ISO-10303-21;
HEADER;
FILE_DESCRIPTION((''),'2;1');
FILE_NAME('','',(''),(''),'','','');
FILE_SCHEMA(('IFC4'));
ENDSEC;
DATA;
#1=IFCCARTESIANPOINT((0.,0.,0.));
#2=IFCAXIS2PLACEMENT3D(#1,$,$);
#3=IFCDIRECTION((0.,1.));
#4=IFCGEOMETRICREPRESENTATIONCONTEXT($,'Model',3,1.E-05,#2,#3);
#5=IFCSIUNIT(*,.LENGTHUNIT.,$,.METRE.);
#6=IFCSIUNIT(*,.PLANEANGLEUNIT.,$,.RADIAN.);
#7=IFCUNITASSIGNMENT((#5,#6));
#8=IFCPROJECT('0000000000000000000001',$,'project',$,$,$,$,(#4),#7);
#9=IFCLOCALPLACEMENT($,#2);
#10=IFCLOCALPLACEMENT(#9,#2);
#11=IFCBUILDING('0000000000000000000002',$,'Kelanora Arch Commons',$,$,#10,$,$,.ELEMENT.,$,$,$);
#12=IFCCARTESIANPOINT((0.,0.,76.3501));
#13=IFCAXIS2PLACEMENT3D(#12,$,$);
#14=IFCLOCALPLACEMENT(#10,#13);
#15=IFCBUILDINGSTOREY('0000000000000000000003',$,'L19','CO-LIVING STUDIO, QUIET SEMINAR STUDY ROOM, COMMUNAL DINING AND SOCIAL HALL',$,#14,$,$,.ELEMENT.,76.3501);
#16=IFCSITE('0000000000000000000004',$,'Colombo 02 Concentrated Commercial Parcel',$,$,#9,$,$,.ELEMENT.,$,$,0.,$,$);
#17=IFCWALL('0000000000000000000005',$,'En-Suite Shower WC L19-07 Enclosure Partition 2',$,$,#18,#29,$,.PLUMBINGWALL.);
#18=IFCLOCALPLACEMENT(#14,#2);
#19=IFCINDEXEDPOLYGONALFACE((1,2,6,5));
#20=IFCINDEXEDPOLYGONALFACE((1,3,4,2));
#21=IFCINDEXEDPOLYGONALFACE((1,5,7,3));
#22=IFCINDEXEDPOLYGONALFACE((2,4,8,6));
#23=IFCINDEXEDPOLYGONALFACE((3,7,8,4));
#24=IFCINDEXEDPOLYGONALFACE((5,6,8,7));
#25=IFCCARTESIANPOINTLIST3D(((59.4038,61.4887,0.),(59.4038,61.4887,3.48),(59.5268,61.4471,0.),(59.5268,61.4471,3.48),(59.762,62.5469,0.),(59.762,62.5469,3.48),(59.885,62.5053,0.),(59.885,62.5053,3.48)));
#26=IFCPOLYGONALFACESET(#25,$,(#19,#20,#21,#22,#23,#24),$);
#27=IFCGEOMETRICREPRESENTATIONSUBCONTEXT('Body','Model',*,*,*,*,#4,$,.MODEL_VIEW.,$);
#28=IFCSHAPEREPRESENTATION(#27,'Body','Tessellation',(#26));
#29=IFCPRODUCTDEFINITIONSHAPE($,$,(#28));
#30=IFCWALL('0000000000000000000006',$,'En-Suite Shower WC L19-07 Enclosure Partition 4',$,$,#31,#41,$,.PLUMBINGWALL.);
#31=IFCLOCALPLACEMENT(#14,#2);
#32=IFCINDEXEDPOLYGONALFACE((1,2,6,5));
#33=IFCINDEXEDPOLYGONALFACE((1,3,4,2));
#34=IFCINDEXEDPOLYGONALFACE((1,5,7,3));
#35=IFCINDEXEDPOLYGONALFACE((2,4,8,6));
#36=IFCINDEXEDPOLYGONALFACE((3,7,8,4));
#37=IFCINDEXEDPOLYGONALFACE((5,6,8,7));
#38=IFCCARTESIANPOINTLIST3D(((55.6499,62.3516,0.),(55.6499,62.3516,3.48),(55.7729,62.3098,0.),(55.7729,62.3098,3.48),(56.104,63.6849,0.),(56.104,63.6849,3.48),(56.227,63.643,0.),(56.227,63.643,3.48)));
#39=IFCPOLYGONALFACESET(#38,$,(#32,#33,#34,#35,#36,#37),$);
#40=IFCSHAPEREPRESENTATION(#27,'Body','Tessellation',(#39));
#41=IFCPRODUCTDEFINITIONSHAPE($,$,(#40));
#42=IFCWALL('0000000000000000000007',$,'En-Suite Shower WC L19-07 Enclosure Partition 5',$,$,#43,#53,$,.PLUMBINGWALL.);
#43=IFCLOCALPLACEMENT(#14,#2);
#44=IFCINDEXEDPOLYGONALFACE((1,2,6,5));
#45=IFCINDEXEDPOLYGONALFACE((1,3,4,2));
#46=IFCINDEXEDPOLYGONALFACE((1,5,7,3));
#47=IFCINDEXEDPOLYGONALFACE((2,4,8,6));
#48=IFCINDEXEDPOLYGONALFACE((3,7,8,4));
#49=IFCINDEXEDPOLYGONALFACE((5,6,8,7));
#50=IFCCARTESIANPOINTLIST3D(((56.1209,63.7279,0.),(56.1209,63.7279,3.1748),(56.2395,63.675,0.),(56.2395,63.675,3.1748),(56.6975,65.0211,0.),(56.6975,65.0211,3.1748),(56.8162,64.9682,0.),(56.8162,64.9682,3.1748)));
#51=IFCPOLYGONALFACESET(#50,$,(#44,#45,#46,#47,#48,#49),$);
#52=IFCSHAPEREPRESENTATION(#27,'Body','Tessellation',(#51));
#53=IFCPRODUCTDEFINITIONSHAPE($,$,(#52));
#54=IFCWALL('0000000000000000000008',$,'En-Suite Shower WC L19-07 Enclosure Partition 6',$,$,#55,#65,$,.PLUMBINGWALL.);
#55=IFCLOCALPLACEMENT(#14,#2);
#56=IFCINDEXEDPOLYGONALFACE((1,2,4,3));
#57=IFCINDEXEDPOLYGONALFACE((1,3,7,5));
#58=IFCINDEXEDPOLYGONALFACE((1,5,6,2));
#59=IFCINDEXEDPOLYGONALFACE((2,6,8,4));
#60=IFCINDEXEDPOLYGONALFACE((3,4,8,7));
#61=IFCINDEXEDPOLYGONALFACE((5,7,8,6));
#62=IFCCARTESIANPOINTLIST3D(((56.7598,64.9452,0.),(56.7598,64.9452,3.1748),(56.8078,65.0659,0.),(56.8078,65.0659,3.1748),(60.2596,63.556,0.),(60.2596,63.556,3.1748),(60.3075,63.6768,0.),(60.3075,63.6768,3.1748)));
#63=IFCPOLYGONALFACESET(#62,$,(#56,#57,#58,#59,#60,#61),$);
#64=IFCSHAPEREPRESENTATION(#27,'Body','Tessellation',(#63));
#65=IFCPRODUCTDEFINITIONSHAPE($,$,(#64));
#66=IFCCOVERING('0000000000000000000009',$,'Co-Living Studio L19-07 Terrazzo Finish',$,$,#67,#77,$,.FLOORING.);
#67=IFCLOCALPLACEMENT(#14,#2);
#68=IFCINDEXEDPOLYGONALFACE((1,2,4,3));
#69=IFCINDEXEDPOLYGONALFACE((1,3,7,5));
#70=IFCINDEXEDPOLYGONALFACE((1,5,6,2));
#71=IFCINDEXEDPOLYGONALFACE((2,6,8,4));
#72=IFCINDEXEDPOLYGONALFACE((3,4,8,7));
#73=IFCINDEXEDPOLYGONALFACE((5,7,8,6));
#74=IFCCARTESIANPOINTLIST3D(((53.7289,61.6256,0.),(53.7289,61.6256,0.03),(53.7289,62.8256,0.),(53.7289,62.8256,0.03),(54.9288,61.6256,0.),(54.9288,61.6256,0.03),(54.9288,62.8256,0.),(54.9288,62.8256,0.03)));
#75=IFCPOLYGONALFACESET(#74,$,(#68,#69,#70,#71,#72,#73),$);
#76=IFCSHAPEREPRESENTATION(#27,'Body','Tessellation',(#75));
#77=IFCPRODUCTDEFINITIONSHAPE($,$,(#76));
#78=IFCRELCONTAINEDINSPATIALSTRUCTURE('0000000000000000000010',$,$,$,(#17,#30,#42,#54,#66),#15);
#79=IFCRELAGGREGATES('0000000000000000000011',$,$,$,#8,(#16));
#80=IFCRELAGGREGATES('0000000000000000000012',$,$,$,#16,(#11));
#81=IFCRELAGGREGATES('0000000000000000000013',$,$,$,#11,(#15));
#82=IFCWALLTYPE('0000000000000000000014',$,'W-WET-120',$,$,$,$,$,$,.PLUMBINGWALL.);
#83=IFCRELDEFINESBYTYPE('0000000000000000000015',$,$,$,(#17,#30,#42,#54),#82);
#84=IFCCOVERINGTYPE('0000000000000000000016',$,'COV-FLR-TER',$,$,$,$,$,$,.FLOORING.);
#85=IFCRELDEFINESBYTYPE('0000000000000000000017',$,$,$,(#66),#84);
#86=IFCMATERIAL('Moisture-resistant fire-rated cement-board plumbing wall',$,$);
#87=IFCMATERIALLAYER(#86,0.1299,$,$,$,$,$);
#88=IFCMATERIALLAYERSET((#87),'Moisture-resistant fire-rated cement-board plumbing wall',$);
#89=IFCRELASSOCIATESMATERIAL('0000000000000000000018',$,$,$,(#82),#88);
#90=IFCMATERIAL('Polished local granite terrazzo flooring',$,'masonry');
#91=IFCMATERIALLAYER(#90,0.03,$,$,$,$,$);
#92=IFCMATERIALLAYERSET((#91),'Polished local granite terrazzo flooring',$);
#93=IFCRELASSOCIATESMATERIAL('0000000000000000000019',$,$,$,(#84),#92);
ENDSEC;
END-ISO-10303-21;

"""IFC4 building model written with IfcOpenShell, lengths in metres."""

from ifc_helpers import new_model, si_unit, direction, frame, frame_2d, origin, origin_2d, place, context, subcontext, project, spatial, rectangle, extrude, source, transform, mapped, material, layer, layer_set, type_object, element, save


model = new_model("IFC4")

# Units and contexts
model_context = context("Model", 3, precision=1e-05, world=origin(), true_north=direction((0.0, 1.0)))
body_context = subcontext(model_context, "Body", "Model", "MODEL_VIEW")
ifc_project = project(units=[si_unit("LENGTHUNIT", "METRE"), si_unit("PLANEANGLEUNIT", "RADIAN")], contexts=[model_context])

# Site, building, storey
site_placement = place(None, origin())
site = spatial("IfcSite", under=ifc_project, at=site_placement, Name="Colombo 02 Concentrated Commercial Parcel", CompositionType="ELEMENT", RefElevation=0.0)
building_placement = place(site_placement, origin())
building = spatial("IfcBuilding", under=site, at=building_placement, Name="Kelanora Arch Commons", CompositionType="ELEMENT")
storey_placement = place(building_placement, frame((0.0, 0.0, 76.3501)))
storey = spatial("IfcBuildingStorey", under=building, at=storey_placement, Name="L19", Description="CO-LIVING STUDIO, QUIET SEMINAR STUDY ROOM, COMMUNAL DINING AND SOCIAL HALL", CompositionType="ELEMENT", Elevation=76.3501)

# Shared definitions
ifc_material_1 = material(Name="Moisture-resistant fire-rated cement-board plumbing wall")
ifc_layer_1 = layer(ifc_material_1, 0.1299)
ifc_layer_set_1 = layer_set([ifc_layer_1], Name="Moisture-resistant fire-rated cement-board plumbing wall")
wall_type_1 = type_object("IfcWallType", Name="W-WET-120", PredefinedType="PLUMBINGWALL", material=ifc_layer_set_1)

# Walls
wall_1_placement = place(storey_placement, frame((59.8235, 62.5261, 0.0), z_axis=(0.0, 0.0, 1.0), x_axis=(-0.320617, -0.947209, 0.0)))
element("IfcWall", 1, at=wall_1_placement, inside=storey, type_object=wall_type_1, Name="En-Suite Shower WC L19-07 Enclosure Partition 2", PredefinedType="PLUMBINGWALL", context=body_context, shape_type="SweptSolid", body=[
    extrude(rectangle(XDim=1.1172, YDim=0.1299, at=frame_2d((0.5586, 0.0))), origin(), (0.0, 0.0, 1.0), 3.48),
])
wall_2_placement = place(storey_placement, frame((55.7114, 62.3308, 0.0), z_axis=(0.0, 0.0, 1.0), x_axis=(0.322409, 0.9466, 0.0)))
element("IfcWall", 2, at=wall_2_placement, inside=storey, type_object=wall_type_1, Name="En-Suite Shower WC L19-07 Enclosure Partition 4", PredefinedType="PLUMBINGWALL", context=body_context, shape_type="SweptSolid", body=[
    extrude(rectangle(XDim=1.4084, YDim=0.1299, at=frame_2d((0.7041, 0.0))), origin(), (0.0, 0.0, 1.0), 3.48),
])
wall_3_placement = place(storey_placement, frame((56.1802, 63.7014, 0.0), z_axis=(0.0, 0.0, 1.0), x_axis=(0.407258, 0.913313, 0.0)))
element("IfcWall", 3, at=wall_3_placement, inside=storey, type_object=wall_type_1, Name="En-Suite Shower WC L19-07 Enclosure Partition 5", PredefinedType="PLUMBINGWALL", context=body_context, shape_type="SweptSolid", body=[
    extrude(rectangle(XDim=1.416, YDim=0.1299, at=frame_2d((0.708, 0.0))), origin(), (0.0, 0.0, 1.0), 3.1748),
])
wall_4_placement = place(storey_placement, frame((56.7837, 65.0056, 0.0), z_axis=(0.0, 0.0, 1.0), x_axis=(0.929457, -0.36893, 0.0)))
element("IfcWall", 4, at=wall_4_placement, inside=storey, type_object=wall_type_1, Name="En-Suite Shower WC L19-07 Enclosure Partition 6", PredefinedType="PLUMBINGWALL", context=body_context, shape_type="SweptSolid", body=[
    extrude(rectangle(XDim=3.7654, YDim=0.1299, at=frame_2d((1.8828, 0.0))), origin(), (0.0, 0.0, 1.0), 3.1748),
])

# Covering
ifc_material_2 = material(Name="Polished local granite terrazzo flooring", Category="masonry")
ifc_layer_2 = layer(ifc_material_2, 0.03)
ifc_layer_set_2 = layer_set([ifc_layer_2], Name="Polished local granite terrazzo flooring")
covering_type = type_object("IfcCoveringType", Name="COV-FLR-TER", PredefinedType="FLOORING", material=ifc_layer_set_2)
shared_shape_1 = source(origin(), body_context, "Body", "SweptSolid", [
    extrude(rectangle(XDim=1.2, YDim=1.2, at=origin_2d()), origin(), (0.0, 0.0, 1.0), 0.03),
])
covering_placement = place(storey_placement, frame((54.3289, 62.2256, 0.0), z_axis=(0.0, 0.0, 1.0), x_axis=(1.0, 0.0, 0.0)))
element("IfcCovering", 5, at=covering_placement, inside=storey, type_object=covering_type, Name="Co-Living Studio L19-07 Terrazzo Finish", PredefinedType="FLOORING", context=body_context, shape_type="MappedRepresentation", body=[
    mapped(shared_shape_1, transform((0.0, 0.0, 0.0), scale=1.0)),
])

save(model, "model.ifc")
